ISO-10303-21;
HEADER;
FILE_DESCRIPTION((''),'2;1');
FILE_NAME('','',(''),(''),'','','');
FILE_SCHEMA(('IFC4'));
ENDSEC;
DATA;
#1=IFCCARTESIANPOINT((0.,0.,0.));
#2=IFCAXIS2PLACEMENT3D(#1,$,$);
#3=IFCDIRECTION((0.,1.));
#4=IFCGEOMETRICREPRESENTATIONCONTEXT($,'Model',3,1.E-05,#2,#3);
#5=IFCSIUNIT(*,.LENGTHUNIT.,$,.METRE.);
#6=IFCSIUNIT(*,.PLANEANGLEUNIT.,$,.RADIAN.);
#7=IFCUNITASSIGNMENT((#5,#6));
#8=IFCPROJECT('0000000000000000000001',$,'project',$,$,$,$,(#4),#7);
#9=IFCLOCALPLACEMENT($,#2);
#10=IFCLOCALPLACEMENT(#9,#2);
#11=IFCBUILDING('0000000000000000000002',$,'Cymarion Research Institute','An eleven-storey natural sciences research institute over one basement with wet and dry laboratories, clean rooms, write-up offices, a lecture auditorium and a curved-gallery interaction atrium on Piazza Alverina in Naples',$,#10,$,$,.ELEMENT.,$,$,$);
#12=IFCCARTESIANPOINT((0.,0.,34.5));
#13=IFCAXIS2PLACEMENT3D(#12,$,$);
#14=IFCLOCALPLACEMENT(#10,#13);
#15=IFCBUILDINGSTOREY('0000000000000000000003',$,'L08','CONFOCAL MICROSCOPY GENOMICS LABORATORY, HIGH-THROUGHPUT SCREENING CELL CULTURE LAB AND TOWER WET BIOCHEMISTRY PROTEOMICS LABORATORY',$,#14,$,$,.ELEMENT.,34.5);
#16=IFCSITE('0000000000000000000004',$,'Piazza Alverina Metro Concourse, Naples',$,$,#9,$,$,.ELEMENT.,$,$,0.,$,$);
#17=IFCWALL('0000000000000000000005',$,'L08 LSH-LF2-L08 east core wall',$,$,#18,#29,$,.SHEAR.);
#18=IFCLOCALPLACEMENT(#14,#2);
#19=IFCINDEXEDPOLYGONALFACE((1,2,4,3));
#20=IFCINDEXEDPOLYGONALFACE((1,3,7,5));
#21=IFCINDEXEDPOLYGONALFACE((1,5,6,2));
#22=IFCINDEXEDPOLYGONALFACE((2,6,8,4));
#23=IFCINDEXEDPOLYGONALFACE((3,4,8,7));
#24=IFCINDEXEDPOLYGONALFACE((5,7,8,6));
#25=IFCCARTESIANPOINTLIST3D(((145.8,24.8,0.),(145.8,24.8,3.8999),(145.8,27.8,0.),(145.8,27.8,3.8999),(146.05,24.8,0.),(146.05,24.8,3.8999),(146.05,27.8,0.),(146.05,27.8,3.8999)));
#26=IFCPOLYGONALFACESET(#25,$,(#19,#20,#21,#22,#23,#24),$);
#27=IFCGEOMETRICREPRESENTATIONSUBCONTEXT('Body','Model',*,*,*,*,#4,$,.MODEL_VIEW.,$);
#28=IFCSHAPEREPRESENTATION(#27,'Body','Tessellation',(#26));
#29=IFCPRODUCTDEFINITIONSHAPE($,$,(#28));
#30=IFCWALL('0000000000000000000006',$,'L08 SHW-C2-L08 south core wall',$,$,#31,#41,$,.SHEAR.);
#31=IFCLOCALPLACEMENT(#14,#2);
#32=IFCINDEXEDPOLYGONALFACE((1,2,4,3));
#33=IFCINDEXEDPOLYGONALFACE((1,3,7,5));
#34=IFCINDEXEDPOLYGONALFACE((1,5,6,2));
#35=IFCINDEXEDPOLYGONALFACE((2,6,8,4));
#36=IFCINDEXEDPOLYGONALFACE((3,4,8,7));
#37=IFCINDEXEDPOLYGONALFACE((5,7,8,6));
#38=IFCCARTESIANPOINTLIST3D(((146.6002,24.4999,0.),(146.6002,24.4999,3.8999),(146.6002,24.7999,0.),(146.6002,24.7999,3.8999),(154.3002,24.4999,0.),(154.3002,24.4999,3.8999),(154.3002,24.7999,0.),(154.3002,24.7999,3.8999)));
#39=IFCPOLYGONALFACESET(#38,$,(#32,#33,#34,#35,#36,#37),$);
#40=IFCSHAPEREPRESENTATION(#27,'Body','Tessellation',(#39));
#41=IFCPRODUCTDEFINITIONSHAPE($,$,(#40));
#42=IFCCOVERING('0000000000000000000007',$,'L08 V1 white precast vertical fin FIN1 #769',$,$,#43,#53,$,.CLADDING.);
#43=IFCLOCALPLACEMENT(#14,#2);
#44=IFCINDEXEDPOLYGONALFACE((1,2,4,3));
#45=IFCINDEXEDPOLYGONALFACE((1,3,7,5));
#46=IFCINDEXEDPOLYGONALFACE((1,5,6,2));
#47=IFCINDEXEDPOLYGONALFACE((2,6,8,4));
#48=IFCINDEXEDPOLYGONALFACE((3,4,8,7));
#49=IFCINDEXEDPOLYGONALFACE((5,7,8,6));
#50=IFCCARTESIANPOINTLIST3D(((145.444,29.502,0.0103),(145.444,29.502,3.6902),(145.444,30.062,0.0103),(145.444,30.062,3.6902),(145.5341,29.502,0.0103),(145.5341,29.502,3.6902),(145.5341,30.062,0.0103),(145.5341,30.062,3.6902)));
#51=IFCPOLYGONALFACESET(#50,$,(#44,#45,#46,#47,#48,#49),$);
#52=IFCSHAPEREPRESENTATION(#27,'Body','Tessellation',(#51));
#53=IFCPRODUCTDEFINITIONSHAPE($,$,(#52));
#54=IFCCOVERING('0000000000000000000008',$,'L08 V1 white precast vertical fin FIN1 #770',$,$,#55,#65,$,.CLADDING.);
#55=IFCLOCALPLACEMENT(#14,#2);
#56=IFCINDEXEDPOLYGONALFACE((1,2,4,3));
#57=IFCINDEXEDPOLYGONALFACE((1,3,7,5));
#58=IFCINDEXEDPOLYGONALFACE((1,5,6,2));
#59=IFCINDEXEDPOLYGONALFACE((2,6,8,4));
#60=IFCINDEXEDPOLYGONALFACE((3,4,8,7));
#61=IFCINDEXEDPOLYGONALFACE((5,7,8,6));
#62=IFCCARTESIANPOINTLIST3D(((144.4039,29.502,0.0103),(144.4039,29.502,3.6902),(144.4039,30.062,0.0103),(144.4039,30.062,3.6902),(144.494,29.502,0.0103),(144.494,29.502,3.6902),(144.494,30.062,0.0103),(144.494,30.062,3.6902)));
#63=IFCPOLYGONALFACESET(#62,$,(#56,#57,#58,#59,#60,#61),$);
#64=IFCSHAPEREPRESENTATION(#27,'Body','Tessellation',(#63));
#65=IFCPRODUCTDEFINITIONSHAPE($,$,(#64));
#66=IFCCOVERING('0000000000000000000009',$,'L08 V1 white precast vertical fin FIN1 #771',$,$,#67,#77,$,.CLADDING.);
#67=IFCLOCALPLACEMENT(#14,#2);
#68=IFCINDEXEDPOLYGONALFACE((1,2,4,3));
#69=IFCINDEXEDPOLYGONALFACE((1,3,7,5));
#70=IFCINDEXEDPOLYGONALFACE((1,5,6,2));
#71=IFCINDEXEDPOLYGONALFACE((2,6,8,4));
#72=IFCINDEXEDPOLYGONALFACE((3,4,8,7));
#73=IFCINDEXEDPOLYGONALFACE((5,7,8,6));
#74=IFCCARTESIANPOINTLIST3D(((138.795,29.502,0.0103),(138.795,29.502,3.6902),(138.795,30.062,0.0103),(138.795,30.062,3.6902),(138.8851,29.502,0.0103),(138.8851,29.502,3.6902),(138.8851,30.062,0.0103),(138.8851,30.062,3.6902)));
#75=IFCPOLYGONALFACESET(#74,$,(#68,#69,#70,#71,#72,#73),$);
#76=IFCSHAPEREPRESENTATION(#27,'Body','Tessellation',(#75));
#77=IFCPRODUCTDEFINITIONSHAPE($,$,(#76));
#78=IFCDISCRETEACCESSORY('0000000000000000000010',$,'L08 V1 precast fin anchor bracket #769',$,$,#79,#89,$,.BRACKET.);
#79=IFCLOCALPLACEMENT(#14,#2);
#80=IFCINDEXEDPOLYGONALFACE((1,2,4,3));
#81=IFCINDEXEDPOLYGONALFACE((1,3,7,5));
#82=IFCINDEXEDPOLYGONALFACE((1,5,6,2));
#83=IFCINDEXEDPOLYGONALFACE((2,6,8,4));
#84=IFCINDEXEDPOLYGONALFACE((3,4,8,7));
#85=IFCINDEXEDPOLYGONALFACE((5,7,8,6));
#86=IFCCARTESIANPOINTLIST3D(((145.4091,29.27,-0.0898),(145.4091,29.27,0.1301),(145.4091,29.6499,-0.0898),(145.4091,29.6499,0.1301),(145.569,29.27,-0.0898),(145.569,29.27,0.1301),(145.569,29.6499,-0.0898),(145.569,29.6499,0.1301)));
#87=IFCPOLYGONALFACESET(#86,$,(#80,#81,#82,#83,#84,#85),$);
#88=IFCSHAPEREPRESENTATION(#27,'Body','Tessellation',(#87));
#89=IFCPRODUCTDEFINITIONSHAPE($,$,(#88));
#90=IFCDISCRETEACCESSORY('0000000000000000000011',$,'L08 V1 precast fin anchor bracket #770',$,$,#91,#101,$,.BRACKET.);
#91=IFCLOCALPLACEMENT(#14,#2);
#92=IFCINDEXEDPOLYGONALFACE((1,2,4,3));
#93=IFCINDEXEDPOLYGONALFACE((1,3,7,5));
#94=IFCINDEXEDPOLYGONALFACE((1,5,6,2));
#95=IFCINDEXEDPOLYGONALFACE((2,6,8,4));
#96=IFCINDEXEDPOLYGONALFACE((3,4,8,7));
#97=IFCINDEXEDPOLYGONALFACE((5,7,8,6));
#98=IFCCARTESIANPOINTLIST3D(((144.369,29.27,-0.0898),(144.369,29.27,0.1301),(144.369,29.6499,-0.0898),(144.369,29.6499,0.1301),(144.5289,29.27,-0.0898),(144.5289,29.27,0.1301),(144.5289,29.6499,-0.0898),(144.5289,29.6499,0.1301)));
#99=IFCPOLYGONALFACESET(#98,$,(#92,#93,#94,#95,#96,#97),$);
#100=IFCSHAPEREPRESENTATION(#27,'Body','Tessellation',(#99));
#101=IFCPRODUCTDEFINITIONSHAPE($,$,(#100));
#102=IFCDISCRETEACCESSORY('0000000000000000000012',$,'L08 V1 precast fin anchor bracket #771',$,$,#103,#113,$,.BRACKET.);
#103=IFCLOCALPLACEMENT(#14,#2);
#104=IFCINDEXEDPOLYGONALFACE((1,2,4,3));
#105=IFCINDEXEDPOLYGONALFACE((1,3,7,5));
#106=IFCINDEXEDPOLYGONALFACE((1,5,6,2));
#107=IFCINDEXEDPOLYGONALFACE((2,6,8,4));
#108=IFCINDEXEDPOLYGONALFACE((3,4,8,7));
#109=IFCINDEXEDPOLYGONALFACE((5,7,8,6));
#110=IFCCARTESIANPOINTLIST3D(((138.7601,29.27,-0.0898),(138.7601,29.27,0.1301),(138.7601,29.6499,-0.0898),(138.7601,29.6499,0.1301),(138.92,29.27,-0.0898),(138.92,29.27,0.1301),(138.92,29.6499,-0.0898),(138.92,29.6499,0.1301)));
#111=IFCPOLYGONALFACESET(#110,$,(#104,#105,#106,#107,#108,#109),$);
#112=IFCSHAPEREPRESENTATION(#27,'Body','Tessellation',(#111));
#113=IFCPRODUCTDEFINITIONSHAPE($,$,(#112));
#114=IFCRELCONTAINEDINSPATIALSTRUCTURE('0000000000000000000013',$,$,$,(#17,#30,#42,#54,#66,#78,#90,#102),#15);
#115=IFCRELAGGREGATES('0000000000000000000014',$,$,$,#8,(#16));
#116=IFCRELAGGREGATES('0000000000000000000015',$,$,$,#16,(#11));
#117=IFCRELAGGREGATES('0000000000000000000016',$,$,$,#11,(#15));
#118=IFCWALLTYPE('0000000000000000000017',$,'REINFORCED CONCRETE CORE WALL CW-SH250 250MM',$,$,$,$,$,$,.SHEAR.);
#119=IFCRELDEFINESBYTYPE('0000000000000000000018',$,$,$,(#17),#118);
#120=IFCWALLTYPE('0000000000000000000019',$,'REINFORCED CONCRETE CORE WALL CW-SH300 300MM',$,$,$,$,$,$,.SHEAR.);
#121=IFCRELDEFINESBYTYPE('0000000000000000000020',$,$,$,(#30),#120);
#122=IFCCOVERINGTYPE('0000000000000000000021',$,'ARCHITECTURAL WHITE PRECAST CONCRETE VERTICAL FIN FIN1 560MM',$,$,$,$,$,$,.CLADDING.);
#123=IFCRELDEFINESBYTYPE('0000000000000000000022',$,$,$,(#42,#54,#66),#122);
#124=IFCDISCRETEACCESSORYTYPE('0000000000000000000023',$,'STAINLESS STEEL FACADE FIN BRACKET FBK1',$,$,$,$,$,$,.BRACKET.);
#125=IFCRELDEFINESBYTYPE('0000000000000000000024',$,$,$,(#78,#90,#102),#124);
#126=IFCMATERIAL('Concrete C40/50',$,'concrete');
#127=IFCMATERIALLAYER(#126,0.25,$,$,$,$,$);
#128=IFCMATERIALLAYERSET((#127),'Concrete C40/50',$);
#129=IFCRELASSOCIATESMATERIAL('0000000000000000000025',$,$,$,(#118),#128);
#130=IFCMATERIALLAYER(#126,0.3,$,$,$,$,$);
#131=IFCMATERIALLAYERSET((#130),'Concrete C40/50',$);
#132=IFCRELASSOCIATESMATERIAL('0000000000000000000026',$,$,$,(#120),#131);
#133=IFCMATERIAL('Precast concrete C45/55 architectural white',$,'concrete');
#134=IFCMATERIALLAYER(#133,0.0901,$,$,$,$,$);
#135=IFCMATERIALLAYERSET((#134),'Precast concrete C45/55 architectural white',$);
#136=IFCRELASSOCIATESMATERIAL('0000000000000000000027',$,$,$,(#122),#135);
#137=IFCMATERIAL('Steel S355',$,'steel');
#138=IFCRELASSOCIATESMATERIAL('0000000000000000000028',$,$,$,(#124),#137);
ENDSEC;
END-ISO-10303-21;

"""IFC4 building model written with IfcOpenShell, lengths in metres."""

from ifc_helpers import new_model, si_unit, direction, frame, frame_2d, origin, origin_2d, place, context, subcontext, project, spatial, rectangle, extrude, material, layer, layer_set, type_object, element, save


model = new_model("IFC4")

# Units and contexts
model_context = context("Model", 3, precision=1e-05, world=origin(), true_north=direction((0.0, 1.0)))
body_context = subcontext(model_context, "Body", "Model", "MODEL_VIEW")
ifc_project = project(units=[si_unit("LENGTHUNIT", "METRE"), si_unit("PLANEANGLEUNIT", "RADIAN")], contexts=[model_context])

# Site, building, storey
site_placement = place(None, origin())
site = spatial("IfcSite", under=ifc_project, at=site_placement, Name="Piazza Alverina Metro Concourse, Naples", CompositionType="ELEMENT", RefElevation=0.0)
building_placement = place(site_placement, origin())
building = spatial("IfcBuilding", under=site, at=building_placement, Name="Cymarion Research Institute", Description="An eleven-storey natural sciences research institute over one basement with wet and dry laboratories, clean rooms, write-up offices, a lecture auditorium and a curved-gallery interaction atrium on Piazza Alverina in Naples", CompositionType="ELEMENT")
storey_placement = place(building_placement, frame((0.0, 0.0, 34.5)))
storey = spatial("IfcBuildingStorey", under=building, at=storey_placement, Name="L08", Description="CONFOCAL MICROSCOPY GENOMICS LABORATORY, HIGH-THROUGHPUT SCREENING CELL CULTURE LAB AND TOWER WET BIOCHEMISTRY PROTEOMICS LABORATORY", CompositionType="ELEMENT", Elevation=34.5)

# Shared definitions
ifc_material_1 = material(Name="Concrete C40/50", Category="concrete")
ifc_layer_1 = layer(ifc_material_1, 0.25)
ifc_layer_set_1 = layer_set([ifc_layer_1], Name="Concrete C40/50")
wall_type_1 = type_object("IfcWallType", Name="REINFORCED CONCRETE CORE WALL CW-SH250 250MM", PredefinedType="SHEAR", material=ifc_layer_set_1)

# Walls
wall_1_placement = place(storey_placement, frame((145.925, 24.8, 0.0), z_axis=(0.0, 0.0, 1.0), x_axis=(0.0, 1.0, 0.0)))
element("IfcWall", 1, at=wall_1_placement, inside=storey, type_object=wall_type_1, Name="L08 LSH-LF2-L08 east core wall", PredefinedType="SHEAR", context=body_context, shape_type="SweptSolid", body=[
    extrude(rectangle(XDim=3.0, YDim=0.25, at=frame_2d((1.5, 0.0))), origin(), (0.0, 0.0, 1.0), 3.8999),
])
ifc_layer_2 = layer(ifc_material_1, 0.3)
ifc_layer_set_2 = layer_set([ifc_layer_2], Name="Concrete C40/50")
wall_type_2 = type_object("IfcWallType", Name="REINFORCED CONCRETE CORE WALL CW-SH300 300MM", PredefinedType="SHEAR", material=ifc_layer_set_2)
wall_2_placement = place(storey_placement, frame((146.6001, 24.6499, 0.0), z_axis=(0.0, 0.0, 1.0), x_axis=(1.0, 0.0, 0.0)))
element("IfcWall", 2, at=wall_2_placement, inside=storey, type_object=wall_type_2, Name="L08 SHW-C2-L08 south core wall", PredefinedType="SHEAR", context=body_context, shape_type="SweptSolid", body=[
    extrude(rectangle(XDim=7.7, YDim=0.3, at=frame_2d((3.8501, 0.0))), origin(), (0.0, 0.0, 1.0), 3.8999),
])

# Coverings
ifc_material_2 = material(Name="Precast concrete C45/55 architectural white", Category="concrete")
ifc_layer_3 = layer(ifc_material_2, 0.0901)
ifc_layer_set_3 = layer_set([ifc_layer_3], Name="Precast concrete C45/55 architectural white")
covering_type = type_object("IfcCoveringType", Name="ARCHITECTURAL WHITE PRECAST CONCRETE VERTICAL FIN FIN1 560MM", PredefinedType="CLADDING", material=ifc_layer_set_3)
for number, where, z_axis, x_axis, name in (
    (3, (145.489, 29.782, 0.0103), (0.0, 0.0, 1.0), (0.0, 1.0, 0.0), "L08 V1 white precast vertical fin FIN1 #769"),
    (4, (144.449, 29.782, 0.0103), (0.0, 0.0, 1.0), (0.0, 1.0, 0.0), "L08 V1 white precast vertical fin FIN1 #770"),
    (5, (138.8401, 29.782, 0.0103), (0.0, 0.0, 1.0), (0.0, 1.0, 0.0), "L08 V1 white precast vertical fin FIN1 #771"),
):
    element("IfcCovering", number, at=place(storey_placement, frame(where, z_axis=z_axis, x_axis=x_axis)), inside=storey, type_object=covering_type, Name=name, PredefinedType="CLADDING", context=body_context, shape_type="SweptSolid", body=[
        extrude(rectangle(XDim=0.5601, YDim=0.0901, at=origin_2d()), origin(), (0.0, 0.0, 1.0), 3.6799),
    ])

# Discrete accessories
ifc_material_3 = material(Name="Steel S355", Category="steel")
discrete_accessory_type = type_object("IfcDiscreteAccessoryType", Name="STAINLESS STEEL FACADE FIN BRACKET FBK1", PredefinedType="BRACKET", material=ifc_material_3)
for number, where, z_axis, x_axis, name in (
    (6, (145.489, 29.46, -0.0898), (0.0, 0.0, 1.0), (0.0, 1.0, 0.0), "L08 V1 precast fin anchor bracket #769"),
    (7, (144.449, 29.46, -0.0898), (0.0, 0.0, 1.0), (0.0, 1.0, 0.0), "L08 V1 precast fin anchor bracket #770"),
    (8, (138.8401, 29.46, -0.0898), (0.0, 0.0, 1.0), (0.0, 1.0, 0.0), "L08 V1 precast fin anchor bracket #771"),
):
    element("IfcDiscreteAccessory", number, at=place(storey_placement, frame(where, z_axis=z_axis, x_axis=x_axis)), inside=storey, type_object=discrete_accessory_type, Name=name, PredefinedType="BRACKET", context=body_context, shape_type="SweptSolid", body=[
        extrude(rectangle(XDim=0.3799, YDim=0.1599, at=origin_2d()), origin(), (0.0, 0.0, 1.0), 0.22),
    ])

save(model, "model.ifc")
